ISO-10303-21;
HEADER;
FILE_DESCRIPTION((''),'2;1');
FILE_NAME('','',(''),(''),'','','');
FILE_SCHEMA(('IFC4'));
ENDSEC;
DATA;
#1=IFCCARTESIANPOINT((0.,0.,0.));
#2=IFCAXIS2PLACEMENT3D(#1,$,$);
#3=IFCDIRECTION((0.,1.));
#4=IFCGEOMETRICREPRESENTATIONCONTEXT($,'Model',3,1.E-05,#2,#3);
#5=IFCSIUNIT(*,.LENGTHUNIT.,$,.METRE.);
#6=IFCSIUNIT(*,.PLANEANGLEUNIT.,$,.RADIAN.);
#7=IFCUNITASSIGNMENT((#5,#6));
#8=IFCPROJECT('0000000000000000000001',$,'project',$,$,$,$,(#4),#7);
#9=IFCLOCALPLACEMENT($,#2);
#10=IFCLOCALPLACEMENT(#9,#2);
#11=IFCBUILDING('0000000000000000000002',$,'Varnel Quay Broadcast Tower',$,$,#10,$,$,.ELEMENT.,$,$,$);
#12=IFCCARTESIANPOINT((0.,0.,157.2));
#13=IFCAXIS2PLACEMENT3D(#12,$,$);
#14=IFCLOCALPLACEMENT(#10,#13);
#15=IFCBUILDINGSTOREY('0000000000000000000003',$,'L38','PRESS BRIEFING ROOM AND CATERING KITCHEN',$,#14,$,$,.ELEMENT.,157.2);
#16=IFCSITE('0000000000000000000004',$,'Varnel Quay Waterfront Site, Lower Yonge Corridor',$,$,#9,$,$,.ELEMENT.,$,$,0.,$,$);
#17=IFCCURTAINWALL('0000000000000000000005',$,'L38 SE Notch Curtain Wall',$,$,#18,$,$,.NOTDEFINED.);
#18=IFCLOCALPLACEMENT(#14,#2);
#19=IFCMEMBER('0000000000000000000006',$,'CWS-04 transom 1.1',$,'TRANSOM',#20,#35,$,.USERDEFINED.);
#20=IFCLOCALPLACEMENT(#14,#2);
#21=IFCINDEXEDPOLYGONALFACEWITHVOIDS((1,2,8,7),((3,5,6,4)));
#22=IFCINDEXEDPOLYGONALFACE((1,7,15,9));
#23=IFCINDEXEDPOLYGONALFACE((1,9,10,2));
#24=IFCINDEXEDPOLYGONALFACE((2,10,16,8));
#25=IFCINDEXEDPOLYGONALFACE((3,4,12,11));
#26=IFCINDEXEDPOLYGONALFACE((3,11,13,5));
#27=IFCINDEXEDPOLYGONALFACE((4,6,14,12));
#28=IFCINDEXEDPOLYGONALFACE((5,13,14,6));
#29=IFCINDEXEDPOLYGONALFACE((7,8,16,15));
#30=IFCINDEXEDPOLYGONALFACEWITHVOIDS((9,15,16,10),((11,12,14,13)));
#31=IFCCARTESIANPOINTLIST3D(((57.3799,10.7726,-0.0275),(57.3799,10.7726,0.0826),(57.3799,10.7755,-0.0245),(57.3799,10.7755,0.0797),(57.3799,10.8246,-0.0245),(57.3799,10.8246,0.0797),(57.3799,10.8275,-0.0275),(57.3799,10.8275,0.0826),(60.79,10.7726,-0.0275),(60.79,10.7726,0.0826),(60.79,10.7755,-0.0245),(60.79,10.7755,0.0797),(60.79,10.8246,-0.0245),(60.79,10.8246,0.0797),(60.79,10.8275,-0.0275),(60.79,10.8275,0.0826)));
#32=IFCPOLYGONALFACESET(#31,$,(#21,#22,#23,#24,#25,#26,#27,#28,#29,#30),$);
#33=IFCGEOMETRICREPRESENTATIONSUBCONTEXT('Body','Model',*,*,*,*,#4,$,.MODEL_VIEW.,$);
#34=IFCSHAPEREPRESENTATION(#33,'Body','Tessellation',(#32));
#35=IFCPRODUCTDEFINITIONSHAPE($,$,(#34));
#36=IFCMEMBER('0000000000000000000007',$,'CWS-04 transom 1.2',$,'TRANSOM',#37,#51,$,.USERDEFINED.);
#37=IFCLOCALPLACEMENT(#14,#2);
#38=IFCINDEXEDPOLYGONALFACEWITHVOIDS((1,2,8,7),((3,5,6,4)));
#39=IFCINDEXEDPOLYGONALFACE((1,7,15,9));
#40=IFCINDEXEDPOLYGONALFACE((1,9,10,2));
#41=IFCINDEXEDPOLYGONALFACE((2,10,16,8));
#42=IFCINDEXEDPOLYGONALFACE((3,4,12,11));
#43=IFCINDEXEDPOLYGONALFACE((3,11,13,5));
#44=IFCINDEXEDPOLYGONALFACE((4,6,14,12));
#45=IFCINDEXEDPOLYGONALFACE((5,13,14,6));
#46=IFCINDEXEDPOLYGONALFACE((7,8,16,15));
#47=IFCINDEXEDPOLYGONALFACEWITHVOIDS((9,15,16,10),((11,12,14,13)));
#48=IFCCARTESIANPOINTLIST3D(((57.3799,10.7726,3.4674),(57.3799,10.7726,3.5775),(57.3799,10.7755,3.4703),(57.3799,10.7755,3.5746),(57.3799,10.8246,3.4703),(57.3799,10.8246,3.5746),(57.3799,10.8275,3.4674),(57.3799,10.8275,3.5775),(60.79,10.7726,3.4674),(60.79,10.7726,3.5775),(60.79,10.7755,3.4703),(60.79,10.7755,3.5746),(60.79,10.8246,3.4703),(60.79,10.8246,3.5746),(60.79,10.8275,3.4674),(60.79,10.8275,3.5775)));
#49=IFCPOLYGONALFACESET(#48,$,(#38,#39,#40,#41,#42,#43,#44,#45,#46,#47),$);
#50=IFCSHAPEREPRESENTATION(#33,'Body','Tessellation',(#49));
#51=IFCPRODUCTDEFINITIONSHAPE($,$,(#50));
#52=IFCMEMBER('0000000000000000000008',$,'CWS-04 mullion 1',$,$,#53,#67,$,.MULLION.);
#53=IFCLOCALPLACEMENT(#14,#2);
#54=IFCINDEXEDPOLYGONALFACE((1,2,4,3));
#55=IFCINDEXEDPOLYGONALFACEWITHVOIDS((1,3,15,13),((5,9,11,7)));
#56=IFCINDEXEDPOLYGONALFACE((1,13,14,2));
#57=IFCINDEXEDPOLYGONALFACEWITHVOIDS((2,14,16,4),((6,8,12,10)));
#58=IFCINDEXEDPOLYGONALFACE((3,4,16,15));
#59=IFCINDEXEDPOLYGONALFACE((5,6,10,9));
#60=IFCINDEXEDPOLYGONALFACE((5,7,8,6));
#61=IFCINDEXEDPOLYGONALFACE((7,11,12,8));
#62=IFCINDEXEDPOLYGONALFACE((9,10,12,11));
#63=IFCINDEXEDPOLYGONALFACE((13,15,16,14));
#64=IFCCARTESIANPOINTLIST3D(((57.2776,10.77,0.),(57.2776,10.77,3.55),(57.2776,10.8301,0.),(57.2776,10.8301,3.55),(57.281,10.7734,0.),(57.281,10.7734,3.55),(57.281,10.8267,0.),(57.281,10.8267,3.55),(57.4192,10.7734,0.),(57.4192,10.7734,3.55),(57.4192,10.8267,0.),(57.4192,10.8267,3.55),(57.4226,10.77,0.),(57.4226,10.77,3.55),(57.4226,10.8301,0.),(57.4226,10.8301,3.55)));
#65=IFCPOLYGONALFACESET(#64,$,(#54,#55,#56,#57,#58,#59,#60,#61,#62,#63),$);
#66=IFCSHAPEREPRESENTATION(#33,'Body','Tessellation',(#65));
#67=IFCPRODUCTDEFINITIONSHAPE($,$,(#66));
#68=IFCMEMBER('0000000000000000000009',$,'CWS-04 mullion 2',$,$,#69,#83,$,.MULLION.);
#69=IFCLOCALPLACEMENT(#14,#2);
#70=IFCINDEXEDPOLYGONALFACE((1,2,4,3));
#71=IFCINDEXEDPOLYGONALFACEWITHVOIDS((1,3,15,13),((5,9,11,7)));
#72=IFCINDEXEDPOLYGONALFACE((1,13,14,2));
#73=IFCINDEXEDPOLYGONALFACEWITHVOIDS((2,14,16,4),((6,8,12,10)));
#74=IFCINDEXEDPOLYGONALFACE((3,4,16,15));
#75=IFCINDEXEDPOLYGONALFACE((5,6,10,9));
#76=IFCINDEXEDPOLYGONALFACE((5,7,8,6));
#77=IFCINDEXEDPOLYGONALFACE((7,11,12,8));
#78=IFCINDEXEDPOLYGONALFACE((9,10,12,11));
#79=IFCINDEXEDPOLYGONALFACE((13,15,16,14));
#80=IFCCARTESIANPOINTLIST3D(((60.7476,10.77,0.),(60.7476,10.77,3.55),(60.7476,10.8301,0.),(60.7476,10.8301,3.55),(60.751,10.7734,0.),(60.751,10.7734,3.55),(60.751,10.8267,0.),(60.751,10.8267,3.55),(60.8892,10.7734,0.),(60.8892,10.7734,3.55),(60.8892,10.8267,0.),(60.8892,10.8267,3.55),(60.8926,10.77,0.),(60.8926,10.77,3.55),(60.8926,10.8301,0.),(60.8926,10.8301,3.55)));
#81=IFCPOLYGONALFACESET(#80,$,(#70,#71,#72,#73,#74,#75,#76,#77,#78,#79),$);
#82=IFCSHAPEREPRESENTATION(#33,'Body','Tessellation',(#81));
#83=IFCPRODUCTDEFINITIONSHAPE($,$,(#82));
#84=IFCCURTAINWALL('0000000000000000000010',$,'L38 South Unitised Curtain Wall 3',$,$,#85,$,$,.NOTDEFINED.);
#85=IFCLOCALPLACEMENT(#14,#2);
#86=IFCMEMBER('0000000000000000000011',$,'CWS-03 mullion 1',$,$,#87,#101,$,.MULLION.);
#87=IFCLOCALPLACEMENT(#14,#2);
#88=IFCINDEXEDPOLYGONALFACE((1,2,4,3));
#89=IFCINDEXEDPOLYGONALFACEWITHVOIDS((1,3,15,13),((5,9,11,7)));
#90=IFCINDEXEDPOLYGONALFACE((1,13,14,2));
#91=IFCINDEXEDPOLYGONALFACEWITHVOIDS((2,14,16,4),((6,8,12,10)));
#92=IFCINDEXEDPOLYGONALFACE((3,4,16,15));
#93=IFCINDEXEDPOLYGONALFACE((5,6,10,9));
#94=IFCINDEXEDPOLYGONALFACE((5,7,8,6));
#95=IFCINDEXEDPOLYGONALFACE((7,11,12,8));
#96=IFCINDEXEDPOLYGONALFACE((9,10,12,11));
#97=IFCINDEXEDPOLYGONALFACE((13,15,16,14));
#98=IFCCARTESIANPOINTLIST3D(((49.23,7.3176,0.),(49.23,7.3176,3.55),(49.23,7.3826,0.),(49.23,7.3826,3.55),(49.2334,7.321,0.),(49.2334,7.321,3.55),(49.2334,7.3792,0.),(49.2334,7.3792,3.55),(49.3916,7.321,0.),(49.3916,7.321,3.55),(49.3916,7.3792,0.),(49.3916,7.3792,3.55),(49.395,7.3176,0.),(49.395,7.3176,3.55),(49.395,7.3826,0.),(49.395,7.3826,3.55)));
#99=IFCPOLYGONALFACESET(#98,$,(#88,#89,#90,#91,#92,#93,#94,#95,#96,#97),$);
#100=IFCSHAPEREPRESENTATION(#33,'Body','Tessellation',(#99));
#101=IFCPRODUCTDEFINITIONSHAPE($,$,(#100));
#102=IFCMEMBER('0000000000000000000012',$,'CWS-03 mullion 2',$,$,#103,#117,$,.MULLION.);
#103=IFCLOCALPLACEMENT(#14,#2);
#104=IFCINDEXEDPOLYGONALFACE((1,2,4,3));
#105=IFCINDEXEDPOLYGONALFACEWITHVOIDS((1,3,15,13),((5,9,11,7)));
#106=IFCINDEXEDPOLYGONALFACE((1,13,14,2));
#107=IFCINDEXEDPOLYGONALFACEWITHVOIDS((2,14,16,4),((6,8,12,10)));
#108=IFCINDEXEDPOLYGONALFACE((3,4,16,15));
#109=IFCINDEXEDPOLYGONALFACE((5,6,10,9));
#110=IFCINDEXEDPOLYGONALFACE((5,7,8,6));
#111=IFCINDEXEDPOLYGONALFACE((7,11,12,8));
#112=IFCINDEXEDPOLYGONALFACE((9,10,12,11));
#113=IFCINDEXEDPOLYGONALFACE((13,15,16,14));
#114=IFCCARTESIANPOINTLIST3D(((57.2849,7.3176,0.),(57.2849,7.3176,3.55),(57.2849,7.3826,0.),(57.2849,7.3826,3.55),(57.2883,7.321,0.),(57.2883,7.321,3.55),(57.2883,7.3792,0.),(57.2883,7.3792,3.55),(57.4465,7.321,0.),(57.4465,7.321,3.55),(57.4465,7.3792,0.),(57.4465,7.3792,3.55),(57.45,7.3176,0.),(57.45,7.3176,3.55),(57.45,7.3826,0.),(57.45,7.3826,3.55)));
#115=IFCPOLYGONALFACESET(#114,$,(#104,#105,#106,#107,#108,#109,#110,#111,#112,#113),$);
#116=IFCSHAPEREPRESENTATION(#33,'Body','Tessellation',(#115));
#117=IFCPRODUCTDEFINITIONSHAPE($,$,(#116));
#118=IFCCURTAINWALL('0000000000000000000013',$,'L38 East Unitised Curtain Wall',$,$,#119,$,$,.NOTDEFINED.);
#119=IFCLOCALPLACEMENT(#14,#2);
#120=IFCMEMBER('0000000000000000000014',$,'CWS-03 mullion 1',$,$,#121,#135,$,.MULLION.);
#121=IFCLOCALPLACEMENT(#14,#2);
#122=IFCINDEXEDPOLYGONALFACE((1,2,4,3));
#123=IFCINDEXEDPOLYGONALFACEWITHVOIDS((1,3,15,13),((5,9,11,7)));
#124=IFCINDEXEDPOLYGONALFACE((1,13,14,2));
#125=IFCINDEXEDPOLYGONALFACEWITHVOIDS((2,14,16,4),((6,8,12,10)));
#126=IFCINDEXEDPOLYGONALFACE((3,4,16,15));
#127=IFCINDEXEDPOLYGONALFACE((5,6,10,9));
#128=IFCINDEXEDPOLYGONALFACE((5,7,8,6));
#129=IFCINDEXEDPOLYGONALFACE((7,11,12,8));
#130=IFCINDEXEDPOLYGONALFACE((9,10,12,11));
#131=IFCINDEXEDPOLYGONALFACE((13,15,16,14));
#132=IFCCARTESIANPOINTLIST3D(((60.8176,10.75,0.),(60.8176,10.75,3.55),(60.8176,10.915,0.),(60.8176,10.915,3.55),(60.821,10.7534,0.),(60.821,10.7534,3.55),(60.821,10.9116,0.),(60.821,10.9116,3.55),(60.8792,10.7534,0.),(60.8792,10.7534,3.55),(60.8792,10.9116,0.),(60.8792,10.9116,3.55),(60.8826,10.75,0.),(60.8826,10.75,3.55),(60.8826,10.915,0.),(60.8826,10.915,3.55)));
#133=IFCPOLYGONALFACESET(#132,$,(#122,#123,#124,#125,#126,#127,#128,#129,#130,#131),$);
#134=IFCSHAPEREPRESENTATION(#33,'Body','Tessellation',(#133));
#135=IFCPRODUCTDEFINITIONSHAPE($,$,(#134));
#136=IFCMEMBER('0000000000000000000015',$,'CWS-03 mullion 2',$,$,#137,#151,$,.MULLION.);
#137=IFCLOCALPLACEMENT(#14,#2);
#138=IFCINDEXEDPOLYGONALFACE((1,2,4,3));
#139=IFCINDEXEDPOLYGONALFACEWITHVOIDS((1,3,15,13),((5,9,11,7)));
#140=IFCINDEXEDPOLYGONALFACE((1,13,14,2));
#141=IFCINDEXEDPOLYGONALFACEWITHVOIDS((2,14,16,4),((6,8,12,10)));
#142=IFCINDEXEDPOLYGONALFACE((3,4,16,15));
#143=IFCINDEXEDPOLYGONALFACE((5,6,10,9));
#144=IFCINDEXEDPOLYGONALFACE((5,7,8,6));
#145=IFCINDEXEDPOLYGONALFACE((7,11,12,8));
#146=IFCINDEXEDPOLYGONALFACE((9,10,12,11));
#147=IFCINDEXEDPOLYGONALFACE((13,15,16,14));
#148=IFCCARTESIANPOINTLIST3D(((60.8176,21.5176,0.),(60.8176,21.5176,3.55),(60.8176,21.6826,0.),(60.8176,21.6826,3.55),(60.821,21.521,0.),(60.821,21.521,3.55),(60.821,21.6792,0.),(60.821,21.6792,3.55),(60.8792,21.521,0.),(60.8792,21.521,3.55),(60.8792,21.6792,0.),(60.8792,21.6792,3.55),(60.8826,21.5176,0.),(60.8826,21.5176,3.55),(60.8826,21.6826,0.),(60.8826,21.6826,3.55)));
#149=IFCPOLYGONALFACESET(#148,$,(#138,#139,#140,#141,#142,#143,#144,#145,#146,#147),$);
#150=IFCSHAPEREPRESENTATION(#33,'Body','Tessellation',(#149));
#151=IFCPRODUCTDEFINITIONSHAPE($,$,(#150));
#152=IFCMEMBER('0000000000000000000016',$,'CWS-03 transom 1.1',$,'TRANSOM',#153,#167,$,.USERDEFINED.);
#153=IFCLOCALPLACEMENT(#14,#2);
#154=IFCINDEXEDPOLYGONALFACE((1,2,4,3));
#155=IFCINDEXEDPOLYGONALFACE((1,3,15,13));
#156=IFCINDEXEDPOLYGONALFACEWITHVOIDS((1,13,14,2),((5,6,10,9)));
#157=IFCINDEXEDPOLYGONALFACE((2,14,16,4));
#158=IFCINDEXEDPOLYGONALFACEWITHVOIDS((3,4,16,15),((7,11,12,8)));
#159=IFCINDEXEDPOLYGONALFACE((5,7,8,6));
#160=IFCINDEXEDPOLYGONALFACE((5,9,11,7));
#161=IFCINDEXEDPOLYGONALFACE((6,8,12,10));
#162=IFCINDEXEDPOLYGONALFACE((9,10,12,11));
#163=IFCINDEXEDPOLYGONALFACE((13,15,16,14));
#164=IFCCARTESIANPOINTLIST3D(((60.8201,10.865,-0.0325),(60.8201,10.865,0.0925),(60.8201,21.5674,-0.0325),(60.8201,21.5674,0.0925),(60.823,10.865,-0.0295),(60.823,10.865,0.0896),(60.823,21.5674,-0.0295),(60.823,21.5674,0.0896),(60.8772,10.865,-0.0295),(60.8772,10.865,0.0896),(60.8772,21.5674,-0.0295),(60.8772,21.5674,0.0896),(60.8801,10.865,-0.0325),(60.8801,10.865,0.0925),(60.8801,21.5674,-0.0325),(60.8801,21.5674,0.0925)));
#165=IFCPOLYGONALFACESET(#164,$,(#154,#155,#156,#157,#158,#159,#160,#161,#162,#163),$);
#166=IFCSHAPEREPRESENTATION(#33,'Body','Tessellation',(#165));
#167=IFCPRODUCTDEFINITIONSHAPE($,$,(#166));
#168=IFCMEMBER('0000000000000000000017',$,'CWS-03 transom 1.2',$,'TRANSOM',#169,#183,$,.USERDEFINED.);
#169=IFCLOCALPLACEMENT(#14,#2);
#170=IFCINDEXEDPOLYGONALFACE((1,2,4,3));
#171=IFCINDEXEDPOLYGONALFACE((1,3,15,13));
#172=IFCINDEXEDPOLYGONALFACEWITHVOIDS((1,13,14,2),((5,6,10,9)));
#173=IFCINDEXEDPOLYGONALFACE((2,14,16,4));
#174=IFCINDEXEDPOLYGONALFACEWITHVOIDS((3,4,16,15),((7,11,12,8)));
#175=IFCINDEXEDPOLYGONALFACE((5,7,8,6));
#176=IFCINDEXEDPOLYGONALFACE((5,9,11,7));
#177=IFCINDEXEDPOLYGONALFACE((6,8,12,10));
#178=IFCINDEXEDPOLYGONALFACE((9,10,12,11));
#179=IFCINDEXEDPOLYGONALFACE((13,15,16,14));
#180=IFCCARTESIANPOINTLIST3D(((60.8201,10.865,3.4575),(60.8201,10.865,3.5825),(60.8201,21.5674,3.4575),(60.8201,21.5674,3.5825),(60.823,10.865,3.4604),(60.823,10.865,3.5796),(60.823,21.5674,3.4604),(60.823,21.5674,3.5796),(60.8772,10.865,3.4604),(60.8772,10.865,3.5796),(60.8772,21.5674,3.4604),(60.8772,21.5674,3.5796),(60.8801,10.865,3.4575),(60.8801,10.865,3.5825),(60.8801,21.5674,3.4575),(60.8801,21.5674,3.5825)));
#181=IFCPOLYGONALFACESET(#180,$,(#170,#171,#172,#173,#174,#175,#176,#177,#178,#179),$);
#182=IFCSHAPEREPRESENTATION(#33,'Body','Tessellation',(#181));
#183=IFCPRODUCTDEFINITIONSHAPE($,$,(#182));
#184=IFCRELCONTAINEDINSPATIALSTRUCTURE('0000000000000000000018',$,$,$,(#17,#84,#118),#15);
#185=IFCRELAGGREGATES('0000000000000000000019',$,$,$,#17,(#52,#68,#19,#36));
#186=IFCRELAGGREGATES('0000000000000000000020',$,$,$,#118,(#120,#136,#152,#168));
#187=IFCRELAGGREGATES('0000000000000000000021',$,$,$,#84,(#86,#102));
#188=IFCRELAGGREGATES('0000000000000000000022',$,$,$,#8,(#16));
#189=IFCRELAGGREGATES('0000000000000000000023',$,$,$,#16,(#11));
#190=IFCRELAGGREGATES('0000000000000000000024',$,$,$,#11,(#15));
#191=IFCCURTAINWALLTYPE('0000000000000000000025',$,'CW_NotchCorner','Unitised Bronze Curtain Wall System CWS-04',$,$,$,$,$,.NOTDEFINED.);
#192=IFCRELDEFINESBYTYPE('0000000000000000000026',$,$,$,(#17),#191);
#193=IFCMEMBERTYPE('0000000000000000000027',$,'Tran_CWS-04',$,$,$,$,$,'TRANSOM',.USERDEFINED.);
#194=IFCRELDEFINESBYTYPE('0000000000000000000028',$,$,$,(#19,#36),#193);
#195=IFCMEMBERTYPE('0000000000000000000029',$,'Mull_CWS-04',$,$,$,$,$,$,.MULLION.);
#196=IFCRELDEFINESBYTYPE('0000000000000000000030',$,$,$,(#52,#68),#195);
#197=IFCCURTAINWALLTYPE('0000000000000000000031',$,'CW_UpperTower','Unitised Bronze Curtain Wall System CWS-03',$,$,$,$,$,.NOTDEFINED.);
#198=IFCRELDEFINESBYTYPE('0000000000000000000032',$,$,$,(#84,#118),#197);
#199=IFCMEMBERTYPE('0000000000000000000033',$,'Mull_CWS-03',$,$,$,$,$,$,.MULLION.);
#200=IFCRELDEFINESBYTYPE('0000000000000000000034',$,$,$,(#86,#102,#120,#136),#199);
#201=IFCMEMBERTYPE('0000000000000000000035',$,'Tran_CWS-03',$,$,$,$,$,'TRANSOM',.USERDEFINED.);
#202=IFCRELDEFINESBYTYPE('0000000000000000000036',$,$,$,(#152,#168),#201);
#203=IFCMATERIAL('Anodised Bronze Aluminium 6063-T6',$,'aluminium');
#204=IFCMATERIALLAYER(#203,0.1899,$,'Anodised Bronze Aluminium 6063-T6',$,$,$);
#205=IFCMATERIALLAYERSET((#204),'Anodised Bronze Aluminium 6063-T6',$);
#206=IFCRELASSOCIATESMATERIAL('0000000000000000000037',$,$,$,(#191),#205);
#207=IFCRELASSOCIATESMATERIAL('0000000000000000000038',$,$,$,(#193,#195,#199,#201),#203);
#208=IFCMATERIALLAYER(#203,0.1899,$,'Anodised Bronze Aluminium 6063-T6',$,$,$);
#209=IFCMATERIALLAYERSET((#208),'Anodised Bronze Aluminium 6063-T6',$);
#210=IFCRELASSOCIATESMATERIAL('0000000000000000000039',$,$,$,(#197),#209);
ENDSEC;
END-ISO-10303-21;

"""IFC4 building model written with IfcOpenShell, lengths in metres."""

from ifc_helpers import new_model, si_unit, direction, frame, origin, origin_2d, place, context, subcontext, project, spatial, hollow_rectangle, extrude, source, transform, mapped, material, layer, layer_set, material_profile, profile_set, type_object, type_shapes, element, aggregate, save


model = new_model("IFC4")

# Units and contexts
model_context = context("Model", 3, precision=1e-05, world=origin(), true_north=direction((0.0, 1.0)))
body_context = subcontext(model_context, "Body", "Model", "MODEL_VIEW")
ifc_project = project(units=[si_unit("LENGTHUNIT", "METRE"), si_unit("PLANEANGLEUNIT", "RADIAN")], contexts=[model_context])

# Site, building, storey
site_placement = place(None, origin())
site = spatial("IfcSite", under=ifc_project, at=site_placement, Name="Varnel Quay Waterfront Site, Lower Yonge Corridor", CompositionType="ELEMENT", RefElevation=0.0)
building_placement = place(site_placement, origin())
building = spatial("IfcBuilding", under=site, at=building_placement, Name="Varnel Quay Broadcast Tower", CompositionType="ELEMENT")
storey_placement = place(building_placement, frame((0.0, 0.0, 157.2)))
storey = spatial("IfcBuildingStorey", under=building, at=storey_placement, Name="L38", Description="PRESS BRIEFING ROOM AND CATERING KITCHEN", CompositionType="ELEMENT", Elevation=157.2)

# Curtain walls, members
ifc_material_1 = material(Name="Anodised Bronze Aluminium 6063-T6", Category="aluminium")
ifc_layer_1 = layer(ifc_material_1, 0.1899, Name="Anodised Bronze Aluminium 6063-T6")
ifc_layer_set_1 = layer_set([ifc_layer_1], Name="Anodised Bronze Aluminium 6063-T6")
curtain_wall_type_1 = type_object("IfcCurtainWallType", Name="CW_NotchCorner", Description="Unitised Bronze Curtain Wall System CWS-04", PredefinedType="NOTDEFINED", material=ifc_layer_set_1)
curtain_wall_1_placement = place(storey_placement, origin())
curtain_wall_1 = element("IfcCurtainWall", 1, at=curtain_wall_1_placement, inside=storey, type_object=curtain_wall_type_1, Name="L38 SE Notch Curtain Wall", PredefinedType="NOTDEFINED")
ifc_material_profile_1 = material_profile(ifc_material_1, hollow_rectangle(XDim=0.0549, YDim=0.1101, WallThickness=0.0029, at=origin_2d()), Name="ALU55X110X3")
ifc_profile_set_1 = profile_set([ifc_material_profile_1], Name="Anodised Bronze Aluminium 6063-T6")
member_type_1 = type_object("IfcMemberType", Name="Tran_CWS-04", ElementType="TRANSOM", PredefinedType="USERDEFINED", material=ifc_profile_set_1)
shared_shape_1 = source(origin(), body_context, "Body", "SweptSolid", [
    extrude(hollow_rectangle(XDim=0.0549, YDim=0.1101, WallThickness=0.0029, at=origin_2d()), origin(), (0.0, 0.0, 1.0), 3.4102),
])
type_shapes(member_type_1, [shared_shape_1])
member_1_placement = place(storey_placement, frame((57.3799, 10.8, 0.0276), z_axis=(1.0, 0.0, 0.0), x_axis=(0.0, 1.0, 0.0)))
member_1 = element("IfcMember", 2, at=member_1_placement, type_object=member_type_1, Name="CWS-04 transom 1.1", ObjectType="TRANSOM", PredefinedType="USERDEFINED", context=body_context, shape_type="MappedRepresentation", body=[
    mapped(shared_shape_1, transform((0.0, 0.0, 0.0), x_axis=(1.0, 0.0, 0.0), y_axis=(0.0, 1.0, 0.0), z_axis=(0.0, 0.0, 1.0), scale=1.0)),
])
member_2_placement = place(storey_placement, frame((57.3799, 10.8, 3.5225), z_axis=(1.0, 0.0, 0.0), x_axis=(0.0, 1.0, 0.0)))
member_2 = element("IfcMember", 3, at=member_2_placement, type_object=member_type_1, Name="CWS-04 transom 1.2", ObjectType="TRANSOM", PredefinedType="USERDEFINED", context=body_context, shape_type="MappedRepresentation", body=[
    mapped(shared_shape_1, transform((0.0, 0.0, 0.0), x_axis=(1.0, 0.0, 0.0), y_axis=(0.0, 1.0, 0.0), z_axis=(0.0, 0.0, 1.0), scale=1.0)),
])
ifc_material_profile_2 = material_profile(ifc_material_1, hollow_rectangle(XDim=0.0601, YDim=0.145, WallThickness=0.0034, at=origin_2d()), Name="ALU60X145X3.5")
ifc_profile_set_2 = profile_set([ifc_material_profile_2], Name="Anodised Bronze Aluminium 6063-T6")
member_type_2 = type_object("IfcMemberType", Name="Mull_CWS-04", PredefinedType="MULLION", material=ifc_profile_set_2)
shared_shape_2 = source(origin(), body_context, "Body", "SweptSolid", [
    extrude(hollow_rectangle(XDim=0.0601, YDim=0.145, WallThickness=0.0034, at=origin_2d()), origin(), (0.0, 0.0, 1.0), 3.55),
])
type_shapes(member_type_2, [shared_shape_2])
member_3_placement = place(storey_placement, frame((57.3501, 10.8, 0.0), z_axis=(0.0, 0.0, 1.0), x_axis=(0.0, 1.0, 0.0)))
member_3 = element("IfcMember", 4, at=member_3_placement, type_object=member_type_2, Name="CWS-04 mullion 1", PredefinedType="MULLION", context=body_context, shape_type="MappedRepresentation", body=[
    mapped(shared_shape_2, transform((0.0, 0.0, 0.0), x_axis=(1.0, 0.0, 0.0), y_axis=(0.0, 1.0, 0.0), z_axis=(0.0, 0.0, 1.0), scale=1.0)),
])
member_4_placement = place(storey_placement, frame((60.8201, 10.8, 0.0), z_axis=(0.0, 0.0, 1.0), x_axis=(0.0, 1.0, 0.0)))
member_4 = element("IfcMember", 5, at=member_4_placement, type_object=member_type_2, Name="CWS-04 mullion 2", PredefinedType="MULLION", context=body_context, shape_type="MappedRepresentation", body=[
    mapped(shared_shape_2, transform((0.0, 0.0, 0.0), x_axis=(1.0, 0.0, 0.0), y_axis=(0.0, 1.0, 0.0), z_axis=(0.0, 0.0, 1.0), scale=1.0)),
])
ifc_layer_2 = layer(ifc_material_1, 0.1899, Name="Anodised Bronze Aluminium 6063-T6")
ifc_layer_set_2 = layer_set([ifc_layer_2], Name="Anodised Bronze Aluminium 6063-T6")
curtain_wall_type_2 = type_object("IfcCurtainWallType", Name="CW_UpperTower", Description="Unitised Bronze Curtain Wall System CWS-03", PredefinedType="NOTDEFINED", material=ifc_layer_set_2)
curtain_wall_2_placement = place(storey_placement, origin())
curtain_wall_2 = element("IfcCurtainWall", 6, at=curtain_wall_2_placement, inside=storey, type_object=curtain_wall_type_2, Name="L38 South Unitised Curtain Wall 3", PredefinedType="NOTDEFINED")
ifc_material_profile_3 = material_profile(ifc_material_1, hollow_rectangle(XDim=0.0649, YDim=0.165, WallThickness=0.0034, at=origin_2d()), Name="ALU65X165X3.5")
ifc_profile_set_3 = profile_set([ifc_material_profile_3], Name="Anodised Bronze Aluminium 6063-T6")
member_type_3 = type_object("IfcMemberType", Name="Mull_CWS-03", PredefinedType="MULLION", material=ifc_profile_set_3)
shared_shape_3 = source(origin(), body_context, "Body", "SweptSolid", [
    extrude(hollow_rectangle(XDim=0.0649, YDim=0.165, WallThickness=0.0034, at=origin_2d()), origin(), (0.0, 0.0, 1.0), 3.55),
])
type_shapes(member_type_3, [shared_shape_3])
member_5_placement = place(storey_placement, frame((49.3125, 7.3501, 0.0), z_axis=(0.0, 0.0, 1.0), x_axis=(0.0, 1.0, 0.0)))
member_5 = element("IfcMember", 7, at=member_5_placement, type_object=member_type_3, Name="CWS-03 mullion 1", PredefinedType="MULLION", context=body_context, shape_type="MappedRepresentation", body=[
    mapped(shared_shape_3, transform((0.0, 0.0, 0.0), x_axis=(1.0, 0.0, 0.0), y_axis=(0.0, 1.0, 0.0), z_axis=(0.0, 0.0, 1.0), scale=1.0)),
])
member_6_placement = place(storey_placement, frame((57.3674, 7.3501, 0.0), z_axis=(0.0, 0.0, 1.0), x_axis=(0.0, 1.0, 0.0)))
member_6 = element("IfcMember", 8, at=member_6_placement, type_object=member_type_3, Name="CWS-03 mullion 2", PredefinedType="MULLION", context=body_context, shape_type="MappedRepresentation", body=[
    mapped(shared_shape_3, transform((0.0, 0.0, 0.0), x_axis=(1.0, 0.0, 0.0), y_axis=(0.0, 1.0, 0.0), z_axis=(0.0, 0.0, 1.0), scale=1.0)),
])
curtain_wall_3_placement = place(storey_placement, origin())
curtain_wall_3 = element("IfcCurtainWall", 9, at=curtain_wall_3_placement, inside=storey, type_object=curtain_wall_type_2, Name="L38 East Unitised Curtain Wall", PredefinedType="NOTDEFINED")
member_7_placement = place(storey_placement, frame((60.8501, 10.8325, 0.0), z_axis=(0.0, 0.0, 1.0), x_axis=(-1.0, 0.0, 0.0)))
member_7 = element("IfcMember", 10, at=member_7_placement, type_object=member_type_3, Name="CWS-03 mullion 1", PredefinedType="MULLION", context=body_context, shape_type="MappedRepresentation", body=[
    mapped(shared_shape_3, transform((0.0, 0.0, 0.0), x_axis=(1.0, 0.0, 0.0), y_axis=(0.0, 1.0, 0.0), z_axis=(0.0, 0.0, 1.0), scale=1.0)),
])
member_8_placement = place(storey_placement, frame((60.8501, 21.6001, 0.0), z_axis=(0.0, 0.0, 1.0), x_axis=(-1.0, 0.0, 0.0)))
member_8 = element("IfcMember", 11, at=member_8_placement, type_object=member_type_3, Name="CWS-03 mullion 2", PredefinedType="MULLION", context=body_context, shape_type="MappedRepresentation", body=[
    mapped(shared_shape_3, transform((0.0, 0.0, 0.0), x_axis=(1.0, 0.0, 0.0), y_axis=(0.0, 1.0, 0.0), z_axis=(0.0, 0.0, 1.0), scale=1.0)),
])
ifc_material_profile_4 = material_profile(ifc_material_1, hollow_rectangle(XDim=0.0601, YDim=0.125, WallThickness=0.0029, at=origin_2d()), Name="ALU60X125X3")
ifc_profile_set_4 = profile_set([ifc_material_profile_4], Name="Anodised Bronze Aluminium 6063-T6")
member_type_4 = type_object("IfcMemberType", Name="Tran_CWS-03", ElementType="TRANSOM", PredefinedType="USERDEFINED", material=ifc_profile_set_4)
shared_shape_4 = source(origin(), body_context, "Body", "SweptSolid", [
    extrude(hollow_rectangle(XDim=0.0601, YDim=0.125, WallThickness=0.0029, at=origin_2d()), origin(), (0.0, 0.0, 1.0), 10.7024),
])
member_9_placement = place(storey_placement, frame((60.8501, 10.865, 0.03), z_axis=(0.0, 1.0, 0.0), x_axis=(-1.0, 0.0, 0.0)))
member_9 = element("IfcMember", 12, at=member_9_placement, type_object=member_type_4, Name="CWS-03 transom 1.1", ObjectType="TRANSOM", PredefinedType="USERDEFINED", context=body_context, shape_type="MappedRepresentation", body=[
    mapped(shared_shape_4, transform((0.0, 0.0, 0.0), x_axis=(1.0, 0.0, 0.0), y_axis=(0.0, 1.0, 0.0), z_axis=(0.0, 0.0, 1.0), scale=1.0)),
])
member_10_placement = place(storey_placement, frame((60.8501, 10.865, 3.52), z_axis=(0.0, 1.0, 0.0), x_axis=(-1.0, 0.0, 0.0)))
member_10 = element("IfcMember", 13, at=member_10_placement, type_object=member_type_4, Name="CWS-03 transom 1.2", ObjectType="TRANSOM", PredefinedType="USERDEFINED", context=body_context, shape_type="MappedRepresentation", body=[
    mapped(shared_shape_4, transform((0.0, 0.0, 0.0), x_axis=(1.0, 0.0, 0.0), y_axis=(0.0, 1.0, 0.0), z_axis=(0.0, 0.0, 1.0), scale=1.0)),
])

aggregate(curtain_wall_1, [member_3, member_4, member_1, member_2])
aggregate(curtain_wall_3, [member_7, member_8, member_9, member_10])
aggregate(curtain_wall_2, [member_5, member_6])

save(model, "model.ifc")
